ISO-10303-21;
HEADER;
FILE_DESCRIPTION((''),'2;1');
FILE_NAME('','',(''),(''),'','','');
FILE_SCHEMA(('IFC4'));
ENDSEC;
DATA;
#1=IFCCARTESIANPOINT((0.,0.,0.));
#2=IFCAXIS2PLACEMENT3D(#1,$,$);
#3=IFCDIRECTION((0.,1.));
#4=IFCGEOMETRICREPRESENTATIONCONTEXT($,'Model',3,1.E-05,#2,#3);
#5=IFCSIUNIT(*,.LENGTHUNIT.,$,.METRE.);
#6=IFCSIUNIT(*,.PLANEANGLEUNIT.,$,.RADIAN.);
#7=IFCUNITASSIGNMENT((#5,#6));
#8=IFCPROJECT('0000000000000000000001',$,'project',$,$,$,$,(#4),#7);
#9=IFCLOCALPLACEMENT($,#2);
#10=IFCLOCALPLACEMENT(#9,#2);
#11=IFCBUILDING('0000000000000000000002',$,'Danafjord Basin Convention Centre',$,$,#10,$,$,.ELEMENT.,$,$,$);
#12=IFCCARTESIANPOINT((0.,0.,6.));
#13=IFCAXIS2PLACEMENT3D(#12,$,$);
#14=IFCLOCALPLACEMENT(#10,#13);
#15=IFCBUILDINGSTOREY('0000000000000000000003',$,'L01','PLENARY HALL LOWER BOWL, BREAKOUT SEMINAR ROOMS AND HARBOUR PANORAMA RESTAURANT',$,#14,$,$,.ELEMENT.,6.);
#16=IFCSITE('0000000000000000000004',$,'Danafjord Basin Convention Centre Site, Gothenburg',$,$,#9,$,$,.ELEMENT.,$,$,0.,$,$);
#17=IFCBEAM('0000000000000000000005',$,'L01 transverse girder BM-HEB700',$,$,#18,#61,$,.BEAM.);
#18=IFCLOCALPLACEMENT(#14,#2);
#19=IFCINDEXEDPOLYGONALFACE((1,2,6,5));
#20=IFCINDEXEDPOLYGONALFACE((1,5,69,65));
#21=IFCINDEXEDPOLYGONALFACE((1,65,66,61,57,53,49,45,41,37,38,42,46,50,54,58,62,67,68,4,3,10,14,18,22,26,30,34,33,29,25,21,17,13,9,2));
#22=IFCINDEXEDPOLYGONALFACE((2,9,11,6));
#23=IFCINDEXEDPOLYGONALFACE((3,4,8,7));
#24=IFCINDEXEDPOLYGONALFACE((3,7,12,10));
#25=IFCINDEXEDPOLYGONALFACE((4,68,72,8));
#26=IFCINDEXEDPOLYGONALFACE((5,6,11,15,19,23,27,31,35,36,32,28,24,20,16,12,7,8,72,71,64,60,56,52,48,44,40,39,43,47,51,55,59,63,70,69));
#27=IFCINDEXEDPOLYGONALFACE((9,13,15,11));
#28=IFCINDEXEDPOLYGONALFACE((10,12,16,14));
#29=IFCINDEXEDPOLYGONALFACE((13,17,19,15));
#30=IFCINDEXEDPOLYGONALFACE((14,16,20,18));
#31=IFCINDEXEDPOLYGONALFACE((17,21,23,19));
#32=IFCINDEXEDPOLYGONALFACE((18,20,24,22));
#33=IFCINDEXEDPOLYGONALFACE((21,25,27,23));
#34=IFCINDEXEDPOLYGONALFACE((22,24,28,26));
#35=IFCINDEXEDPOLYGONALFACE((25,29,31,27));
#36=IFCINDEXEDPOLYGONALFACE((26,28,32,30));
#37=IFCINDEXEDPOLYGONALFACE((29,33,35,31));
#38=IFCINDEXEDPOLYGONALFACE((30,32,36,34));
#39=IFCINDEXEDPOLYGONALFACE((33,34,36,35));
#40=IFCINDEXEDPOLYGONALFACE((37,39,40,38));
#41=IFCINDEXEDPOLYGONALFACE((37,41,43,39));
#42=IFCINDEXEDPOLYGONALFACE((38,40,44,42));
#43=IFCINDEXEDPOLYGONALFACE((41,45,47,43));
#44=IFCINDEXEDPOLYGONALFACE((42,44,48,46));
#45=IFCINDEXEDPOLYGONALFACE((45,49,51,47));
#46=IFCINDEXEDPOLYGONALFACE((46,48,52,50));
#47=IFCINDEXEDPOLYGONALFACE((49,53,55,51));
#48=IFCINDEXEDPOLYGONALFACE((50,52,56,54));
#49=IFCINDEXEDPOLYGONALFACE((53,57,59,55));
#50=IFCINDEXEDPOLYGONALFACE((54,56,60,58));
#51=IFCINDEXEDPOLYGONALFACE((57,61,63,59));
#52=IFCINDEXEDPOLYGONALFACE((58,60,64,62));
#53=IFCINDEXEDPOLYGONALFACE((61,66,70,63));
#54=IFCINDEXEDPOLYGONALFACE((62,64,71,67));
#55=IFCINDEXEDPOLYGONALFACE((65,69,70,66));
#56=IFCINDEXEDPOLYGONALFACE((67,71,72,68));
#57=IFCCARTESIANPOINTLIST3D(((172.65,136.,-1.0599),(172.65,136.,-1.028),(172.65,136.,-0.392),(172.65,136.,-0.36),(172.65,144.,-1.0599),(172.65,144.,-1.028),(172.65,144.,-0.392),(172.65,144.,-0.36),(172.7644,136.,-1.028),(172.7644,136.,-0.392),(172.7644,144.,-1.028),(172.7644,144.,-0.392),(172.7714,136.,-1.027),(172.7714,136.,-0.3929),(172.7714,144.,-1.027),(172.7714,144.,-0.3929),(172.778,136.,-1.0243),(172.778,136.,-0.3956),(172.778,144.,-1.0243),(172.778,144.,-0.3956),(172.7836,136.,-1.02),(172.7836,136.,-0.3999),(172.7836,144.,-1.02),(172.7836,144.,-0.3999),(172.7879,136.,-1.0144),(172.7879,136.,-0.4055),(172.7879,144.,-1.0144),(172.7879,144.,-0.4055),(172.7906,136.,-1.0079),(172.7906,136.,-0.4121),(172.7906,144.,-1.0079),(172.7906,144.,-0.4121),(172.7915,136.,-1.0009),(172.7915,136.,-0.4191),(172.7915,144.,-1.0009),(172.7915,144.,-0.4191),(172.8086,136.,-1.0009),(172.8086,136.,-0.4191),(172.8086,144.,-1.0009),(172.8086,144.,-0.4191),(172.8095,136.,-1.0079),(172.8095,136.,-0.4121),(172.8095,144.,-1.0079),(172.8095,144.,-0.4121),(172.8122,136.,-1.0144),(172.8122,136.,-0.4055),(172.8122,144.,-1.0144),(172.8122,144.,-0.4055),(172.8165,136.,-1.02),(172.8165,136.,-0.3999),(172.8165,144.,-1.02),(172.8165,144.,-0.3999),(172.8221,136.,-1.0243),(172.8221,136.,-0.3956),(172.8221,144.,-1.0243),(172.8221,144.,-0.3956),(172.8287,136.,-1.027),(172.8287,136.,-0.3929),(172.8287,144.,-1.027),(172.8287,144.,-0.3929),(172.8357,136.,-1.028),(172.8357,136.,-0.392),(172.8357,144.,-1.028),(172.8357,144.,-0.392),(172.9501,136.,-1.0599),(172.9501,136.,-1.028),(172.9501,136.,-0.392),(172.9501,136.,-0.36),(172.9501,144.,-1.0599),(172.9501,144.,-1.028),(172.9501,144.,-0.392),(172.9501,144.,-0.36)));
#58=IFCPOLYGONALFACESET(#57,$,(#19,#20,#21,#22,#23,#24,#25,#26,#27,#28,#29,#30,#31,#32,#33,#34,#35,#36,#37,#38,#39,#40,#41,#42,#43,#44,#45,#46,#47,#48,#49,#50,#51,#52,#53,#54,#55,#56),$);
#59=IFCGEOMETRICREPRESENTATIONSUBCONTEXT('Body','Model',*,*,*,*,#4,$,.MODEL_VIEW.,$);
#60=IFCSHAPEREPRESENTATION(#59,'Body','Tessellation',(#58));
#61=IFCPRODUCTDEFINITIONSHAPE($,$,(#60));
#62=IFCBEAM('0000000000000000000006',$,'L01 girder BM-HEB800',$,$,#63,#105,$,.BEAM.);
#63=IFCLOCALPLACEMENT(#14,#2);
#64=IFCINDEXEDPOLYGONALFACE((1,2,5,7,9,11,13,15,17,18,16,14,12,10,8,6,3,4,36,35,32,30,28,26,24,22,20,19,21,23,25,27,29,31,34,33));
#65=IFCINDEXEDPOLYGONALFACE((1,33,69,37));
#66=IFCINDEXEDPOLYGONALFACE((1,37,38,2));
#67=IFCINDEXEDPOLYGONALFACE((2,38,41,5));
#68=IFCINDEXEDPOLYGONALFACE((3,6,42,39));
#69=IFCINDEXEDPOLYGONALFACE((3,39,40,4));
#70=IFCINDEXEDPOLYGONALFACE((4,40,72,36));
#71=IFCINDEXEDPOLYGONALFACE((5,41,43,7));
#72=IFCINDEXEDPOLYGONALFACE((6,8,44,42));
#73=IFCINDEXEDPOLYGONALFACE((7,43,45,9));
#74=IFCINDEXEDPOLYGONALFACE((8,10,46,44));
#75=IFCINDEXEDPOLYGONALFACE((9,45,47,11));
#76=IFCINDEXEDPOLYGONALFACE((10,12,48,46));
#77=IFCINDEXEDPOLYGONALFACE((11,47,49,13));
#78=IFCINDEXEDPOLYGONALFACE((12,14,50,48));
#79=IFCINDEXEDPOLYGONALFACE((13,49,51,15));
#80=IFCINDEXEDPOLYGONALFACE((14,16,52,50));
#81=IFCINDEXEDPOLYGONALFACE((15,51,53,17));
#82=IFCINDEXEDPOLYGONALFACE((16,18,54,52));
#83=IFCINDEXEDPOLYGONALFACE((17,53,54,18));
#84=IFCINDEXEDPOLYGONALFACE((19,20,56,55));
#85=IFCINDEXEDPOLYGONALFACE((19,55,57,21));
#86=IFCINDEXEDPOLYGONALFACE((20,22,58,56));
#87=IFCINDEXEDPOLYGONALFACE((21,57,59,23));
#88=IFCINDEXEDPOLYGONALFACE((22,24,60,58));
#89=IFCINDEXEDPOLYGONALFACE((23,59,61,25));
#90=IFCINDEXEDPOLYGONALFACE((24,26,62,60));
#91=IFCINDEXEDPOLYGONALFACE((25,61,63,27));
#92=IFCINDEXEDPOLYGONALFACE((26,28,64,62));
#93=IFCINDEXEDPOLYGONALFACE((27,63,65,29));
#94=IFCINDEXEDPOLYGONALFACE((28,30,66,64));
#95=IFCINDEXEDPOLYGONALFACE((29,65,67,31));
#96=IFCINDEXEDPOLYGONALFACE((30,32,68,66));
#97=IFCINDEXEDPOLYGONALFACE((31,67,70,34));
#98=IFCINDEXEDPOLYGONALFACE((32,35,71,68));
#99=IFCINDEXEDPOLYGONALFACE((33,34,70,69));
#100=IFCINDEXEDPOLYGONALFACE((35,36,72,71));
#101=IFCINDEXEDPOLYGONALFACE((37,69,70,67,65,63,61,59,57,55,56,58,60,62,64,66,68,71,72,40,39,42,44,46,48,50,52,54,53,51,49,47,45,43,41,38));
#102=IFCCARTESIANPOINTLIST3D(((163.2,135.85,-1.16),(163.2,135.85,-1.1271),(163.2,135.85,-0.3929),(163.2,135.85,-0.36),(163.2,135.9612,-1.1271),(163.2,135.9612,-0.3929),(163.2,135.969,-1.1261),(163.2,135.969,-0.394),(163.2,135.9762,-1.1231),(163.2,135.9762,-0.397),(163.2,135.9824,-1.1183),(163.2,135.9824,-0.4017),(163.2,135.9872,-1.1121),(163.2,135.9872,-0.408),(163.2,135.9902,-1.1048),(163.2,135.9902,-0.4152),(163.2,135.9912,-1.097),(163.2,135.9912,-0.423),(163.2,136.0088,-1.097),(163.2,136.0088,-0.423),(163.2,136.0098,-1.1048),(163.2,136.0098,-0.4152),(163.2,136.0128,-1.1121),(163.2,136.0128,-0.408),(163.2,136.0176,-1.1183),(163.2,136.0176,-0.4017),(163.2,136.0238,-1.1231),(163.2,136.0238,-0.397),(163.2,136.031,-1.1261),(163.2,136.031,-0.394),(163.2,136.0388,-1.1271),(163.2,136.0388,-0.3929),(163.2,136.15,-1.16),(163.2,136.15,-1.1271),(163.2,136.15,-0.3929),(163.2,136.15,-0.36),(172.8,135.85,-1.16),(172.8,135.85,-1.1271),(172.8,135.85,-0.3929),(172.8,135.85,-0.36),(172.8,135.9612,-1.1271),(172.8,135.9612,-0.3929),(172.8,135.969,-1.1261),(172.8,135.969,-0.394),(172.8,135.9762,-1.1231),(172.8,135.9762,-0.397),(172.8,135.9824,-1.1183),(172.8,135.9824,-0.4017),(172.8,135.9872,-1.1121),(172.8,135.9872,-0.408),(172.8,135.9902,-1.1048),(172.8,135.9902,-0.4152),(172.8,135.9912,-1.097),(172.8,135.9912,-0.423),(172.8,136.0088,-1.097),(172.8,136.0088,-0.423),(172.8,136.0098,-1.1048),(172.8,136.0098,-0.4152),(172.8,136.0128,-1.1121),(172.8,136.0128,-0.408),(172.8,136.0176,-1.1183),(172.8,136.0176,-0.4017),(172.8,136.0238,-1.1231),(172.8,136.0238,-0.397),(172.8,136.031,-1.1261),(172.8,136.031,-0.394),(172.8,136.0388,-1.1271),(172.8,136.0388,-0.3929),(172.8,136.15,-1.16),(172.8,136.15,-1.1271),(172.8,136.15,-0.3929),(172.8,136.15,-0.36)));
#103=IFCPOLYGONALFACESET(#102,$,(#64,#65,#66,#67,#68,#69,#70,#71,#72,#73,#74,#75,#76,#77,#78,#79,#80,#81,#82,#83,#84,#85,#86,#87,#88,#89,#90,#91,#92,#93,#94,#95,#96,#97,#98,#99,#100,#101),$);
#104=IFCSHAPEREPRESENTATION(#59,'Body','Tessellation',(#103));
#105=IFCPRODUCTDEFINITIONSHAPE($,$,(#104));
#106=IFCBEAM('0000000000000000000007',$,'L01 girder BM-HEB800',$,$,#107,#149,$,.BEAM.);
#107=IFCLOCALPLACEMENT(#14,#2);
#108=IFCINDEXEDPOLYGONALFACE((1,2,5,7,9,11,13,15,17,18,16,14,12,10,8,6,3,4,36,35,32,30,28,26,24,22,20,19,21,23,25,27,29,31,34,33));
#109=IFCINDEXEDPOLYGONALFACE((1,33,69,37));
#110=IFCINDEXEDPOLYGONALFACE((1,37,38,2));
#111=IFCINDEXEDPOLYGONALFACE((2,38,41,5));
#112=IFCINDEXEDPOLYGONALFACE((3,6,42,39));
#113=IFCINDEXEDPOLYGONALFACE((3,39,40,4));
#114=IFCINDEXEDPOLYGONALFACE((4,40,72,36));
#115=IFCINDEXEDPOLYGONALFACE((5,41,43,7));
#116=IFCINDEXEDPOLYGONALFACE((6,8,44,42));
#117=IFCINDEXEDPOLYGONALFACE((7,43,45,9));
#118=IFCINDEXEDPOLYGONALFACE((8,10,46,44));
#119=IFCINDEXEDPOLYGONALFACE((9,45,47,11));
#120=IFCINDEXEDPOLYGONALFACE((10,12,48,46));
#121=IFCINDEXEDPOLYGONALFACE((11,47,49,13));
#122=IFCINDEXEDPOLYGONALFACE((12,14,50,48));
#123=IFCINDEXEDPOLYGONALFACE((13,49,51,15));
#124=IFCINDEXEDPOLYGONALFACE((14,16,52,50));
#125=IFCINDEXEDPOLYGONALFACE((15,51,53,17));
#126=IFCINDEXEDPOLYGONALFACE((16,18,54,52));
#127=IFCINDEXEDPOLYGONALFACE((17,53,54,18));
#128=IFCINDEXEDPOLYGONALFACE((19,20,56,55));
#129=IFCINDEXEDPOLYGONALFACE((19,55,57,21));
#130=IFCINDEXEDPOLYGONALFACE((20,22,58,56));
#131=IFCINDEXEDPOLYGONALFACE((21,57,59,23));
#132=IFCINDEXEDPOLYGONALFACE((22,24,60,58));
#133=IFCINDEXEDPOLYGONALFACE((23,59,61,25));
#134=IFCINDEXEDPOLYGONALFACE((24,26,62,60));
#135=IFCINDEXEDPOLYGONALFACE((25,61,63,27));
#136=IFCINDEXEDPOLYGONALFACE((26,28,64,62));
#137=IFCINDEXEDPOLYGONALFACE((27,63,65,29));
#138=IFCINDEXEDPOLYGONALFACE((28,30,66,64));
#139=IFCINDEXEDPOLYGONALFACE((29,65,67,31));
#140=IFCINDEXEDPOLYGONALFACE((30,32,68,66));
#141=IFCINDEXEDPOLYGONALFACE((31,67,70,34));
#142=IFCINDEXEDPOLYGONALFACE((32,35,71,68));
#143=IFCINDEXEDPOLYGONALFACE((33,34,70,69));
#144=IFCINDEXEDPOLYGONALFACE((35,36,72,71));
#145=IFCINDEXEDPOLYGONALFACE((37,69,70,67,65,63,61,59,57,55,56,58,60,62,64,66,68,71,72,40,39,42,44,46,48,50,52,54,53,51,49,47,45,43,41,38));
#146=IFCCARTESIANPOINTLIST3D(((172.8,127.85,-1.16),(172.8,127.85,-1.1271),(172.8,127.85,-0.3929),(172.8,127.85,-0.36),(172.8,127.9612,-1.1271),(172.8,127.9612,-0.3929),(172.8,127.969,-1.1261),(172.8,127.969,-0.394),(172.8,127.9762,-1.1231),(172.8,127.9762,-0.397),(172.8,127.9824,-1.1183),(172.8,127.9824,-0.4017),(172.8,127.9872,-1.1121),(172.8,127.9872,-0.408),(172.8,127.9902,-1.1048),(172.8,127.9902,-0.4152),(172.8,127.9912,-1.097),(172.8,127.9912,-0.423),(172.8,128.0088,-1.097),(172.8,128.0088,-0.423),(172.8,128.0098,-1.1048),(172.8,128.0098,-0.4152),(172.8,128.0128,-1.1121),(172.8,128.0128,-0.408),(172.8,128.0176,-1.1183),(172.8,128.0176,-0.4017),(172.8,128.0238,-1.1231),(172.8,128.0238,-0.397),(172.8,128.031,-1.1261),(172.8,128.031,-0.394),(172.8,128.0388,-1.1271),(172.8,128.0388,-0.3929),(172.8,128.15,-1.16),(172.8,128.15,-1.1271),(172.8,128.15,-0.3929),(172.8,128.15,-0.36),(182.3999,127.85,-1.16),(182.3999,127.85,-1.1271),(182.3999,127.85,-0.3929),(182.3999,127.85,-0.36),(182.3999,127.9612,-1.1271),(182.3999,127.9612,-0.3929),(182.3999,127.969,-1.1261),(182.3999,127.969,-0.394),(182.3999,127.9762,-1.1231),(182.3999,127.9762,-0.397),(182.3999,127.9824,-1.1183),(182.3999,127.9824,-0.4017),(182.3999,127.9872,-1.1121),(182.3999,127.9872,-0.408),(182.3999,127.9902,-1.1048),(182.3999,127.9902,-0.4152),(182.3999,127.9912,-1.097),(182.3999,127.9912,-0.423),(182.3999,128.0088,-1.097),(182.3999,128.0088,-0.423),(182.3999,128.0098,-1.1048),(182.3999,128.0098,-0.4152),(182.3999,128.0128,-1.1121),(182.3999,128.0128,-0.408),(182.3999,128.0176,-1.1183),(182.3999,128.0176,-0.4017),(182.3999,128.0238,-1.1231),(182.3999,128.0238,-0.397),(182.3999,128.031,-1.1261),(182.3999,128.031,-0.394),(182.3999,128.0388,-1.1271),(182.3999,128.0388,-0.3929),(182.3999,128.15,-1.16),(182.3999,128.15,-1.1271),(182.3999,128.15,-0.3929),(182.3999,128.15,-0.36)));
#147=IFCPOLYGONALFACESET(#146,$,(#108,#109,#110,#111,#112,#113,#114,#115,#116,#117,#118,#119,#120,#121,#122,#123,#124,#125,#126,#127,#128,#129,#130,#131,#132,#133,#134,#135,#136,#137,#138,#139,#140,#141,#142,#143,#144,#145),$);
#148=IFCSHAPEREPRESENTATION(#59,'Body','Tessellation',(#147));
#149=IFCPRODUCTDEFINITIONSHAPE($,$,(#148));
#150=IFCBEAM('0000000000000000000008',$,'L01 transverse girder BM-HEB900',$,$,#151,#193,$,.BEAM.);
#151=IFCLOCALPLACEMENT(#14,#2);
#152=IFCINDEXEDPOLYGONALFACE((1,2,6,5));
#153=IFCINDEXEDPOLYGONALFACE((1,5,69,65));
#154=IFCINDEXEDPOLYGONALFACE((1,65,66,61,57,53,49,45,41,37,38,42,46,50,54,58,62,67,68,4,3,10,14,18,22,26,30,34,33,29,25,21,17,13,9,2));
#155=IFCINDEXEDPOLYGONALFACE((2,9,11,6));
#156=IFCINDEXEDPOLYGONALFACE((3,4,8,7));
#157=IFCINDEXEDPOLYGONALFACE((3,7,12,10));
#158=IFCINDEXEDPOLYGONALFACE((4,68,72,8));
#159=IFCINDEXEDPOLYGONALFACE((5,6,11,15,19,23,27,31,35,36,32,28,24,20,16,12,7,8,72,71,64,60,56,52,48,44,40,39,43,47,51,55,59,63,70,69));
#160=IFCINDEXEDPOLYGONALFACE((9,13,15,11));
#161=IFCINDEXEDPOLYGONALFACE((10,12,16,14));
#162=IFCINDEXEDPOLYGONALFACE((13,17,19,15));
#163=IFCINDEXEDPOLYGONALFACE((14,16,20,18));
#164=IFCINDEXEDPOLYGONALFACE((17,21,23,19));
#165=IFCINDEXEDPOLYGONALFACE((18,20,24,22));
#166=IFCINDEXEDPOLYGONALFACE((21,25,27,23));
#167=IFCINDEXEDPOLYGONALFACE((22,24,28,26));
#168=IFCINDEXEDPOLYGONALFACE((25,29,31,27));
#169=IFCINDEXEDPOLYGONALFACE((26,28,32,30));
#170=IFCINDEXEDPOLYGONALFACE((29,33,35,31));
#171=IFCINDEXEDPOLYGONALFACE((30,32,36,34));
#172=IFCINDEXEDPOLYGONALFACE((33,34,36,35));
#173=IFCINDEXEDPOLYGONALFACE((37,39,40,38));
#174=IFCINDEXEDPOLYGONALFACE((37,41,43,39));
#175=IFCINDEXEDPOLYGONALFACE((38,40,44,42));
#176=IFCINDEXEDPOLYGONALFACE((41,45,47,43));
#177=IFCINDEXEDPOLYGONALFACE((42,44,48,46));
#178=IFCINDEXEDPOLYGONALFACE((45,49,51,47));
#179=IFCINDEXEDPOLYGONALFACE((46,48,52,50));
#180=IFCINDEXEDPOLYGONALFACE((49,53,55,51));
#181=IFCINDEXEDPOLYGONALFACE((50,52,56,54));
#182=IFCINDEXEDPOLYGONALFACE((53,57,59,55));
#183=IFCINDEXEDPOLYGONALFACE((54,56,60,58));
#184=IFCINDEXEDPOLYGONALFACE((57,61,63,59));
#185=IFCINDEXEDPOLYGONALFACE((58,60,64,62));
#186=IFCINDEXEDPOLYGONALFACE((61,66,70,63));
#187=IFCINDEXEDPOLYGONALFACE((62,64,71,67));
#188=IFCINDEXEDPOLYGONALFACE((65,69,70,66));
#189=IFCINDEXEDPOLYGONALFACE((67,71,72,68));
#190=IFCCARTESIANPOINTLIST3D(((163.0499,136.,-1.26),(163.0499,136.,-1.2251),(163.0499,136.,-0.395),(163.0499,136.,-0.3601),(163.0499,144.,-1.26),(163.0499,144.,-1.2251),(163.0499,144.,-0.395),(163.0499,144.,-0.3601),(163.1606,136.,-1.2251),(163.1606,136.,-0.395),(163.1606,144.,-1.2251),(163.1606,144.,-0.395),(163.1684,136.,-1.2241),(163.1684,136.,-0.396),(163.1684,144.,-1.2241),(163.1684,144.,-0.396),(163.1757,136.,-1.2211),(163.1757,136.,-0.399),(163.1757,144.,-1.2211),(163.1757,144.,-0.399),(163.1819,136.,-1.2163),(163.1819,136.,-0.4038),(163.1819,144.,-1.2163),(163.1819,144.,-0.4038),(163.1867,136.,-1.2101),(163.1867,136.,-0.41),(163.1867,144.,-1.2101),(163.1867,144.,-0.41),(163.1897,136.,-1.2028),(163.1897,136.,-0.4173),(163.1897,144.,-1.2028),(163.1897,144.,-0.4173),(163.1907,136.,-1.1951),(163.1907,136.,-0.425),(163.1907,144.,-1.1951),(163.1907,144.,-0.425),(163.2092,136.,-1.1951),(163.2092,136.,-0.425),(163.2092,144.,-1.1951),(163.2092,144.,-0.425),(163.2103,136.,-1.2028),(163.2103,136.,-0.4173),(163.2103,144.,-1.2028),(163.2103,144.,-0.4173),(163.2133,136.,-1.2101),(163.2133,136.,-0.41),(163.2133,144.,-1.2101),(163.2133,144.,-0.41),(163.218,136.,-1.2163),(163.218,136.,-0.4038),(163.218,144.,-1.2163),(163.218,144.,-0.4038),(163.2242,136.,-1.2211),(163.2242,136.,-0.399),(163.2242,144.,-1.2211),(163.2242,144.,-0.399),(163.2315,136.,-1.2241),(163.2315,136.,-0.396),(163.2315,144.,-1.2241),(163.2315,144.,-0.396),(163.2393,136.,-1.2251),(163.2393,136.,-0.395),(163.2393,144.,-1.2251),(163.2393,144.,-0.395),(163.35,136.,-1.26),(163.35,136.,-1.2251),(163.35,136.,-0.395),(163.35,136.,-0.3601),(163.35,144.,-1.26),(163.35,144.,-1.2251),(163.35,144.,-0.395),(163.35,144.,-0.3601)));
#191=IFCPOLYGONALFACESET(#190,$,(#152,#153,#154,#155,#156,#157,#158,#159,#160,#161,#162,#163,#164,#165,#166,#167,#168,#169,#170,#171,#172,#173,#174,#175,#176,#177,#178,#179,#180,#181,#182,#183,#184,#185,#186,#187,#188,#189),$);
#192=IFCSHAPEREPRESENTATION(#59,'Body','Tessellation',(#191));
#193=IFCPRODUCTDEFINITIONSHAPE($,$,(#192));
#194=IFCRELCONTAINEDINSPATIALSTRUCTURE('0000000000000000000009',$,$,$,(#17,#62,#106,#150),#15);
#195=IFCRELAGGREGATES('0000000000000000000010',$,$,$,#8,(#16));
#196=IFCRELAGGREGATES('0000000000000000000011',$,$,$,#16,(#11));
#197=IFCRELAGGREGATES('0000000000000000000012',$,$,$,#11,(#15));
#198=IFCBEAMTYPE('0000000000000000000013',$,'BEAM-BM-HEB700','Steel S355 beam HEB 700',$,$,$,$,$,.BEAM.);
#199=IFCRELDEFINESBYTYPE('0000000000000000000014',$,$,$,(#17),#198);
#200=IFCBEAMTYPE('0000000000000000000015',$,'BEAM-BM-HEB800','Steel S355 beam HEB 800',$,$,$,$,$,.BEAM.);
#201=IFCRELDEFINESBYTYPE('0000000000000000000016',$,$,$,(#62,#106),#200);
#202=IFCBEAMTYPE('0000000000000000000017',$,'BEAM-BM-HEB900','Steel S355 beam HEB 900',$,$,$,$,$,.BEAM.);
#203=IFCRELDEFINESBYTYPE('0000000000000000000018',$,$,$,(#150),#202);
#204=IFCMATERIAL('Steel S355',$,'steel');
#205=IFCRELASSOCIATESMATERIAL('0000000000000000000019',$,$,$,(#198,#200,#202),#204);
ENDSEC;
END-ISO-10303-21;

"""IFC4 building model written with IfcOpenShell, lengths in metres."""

from ifc_helpers import new_model, si_unit, direction, frame, origin, origin_2d, place, context, subcontext, project, spatial, i_section, extrude, material, material_profile, profile_set, type_object, element, save


model = new_model("IFC4")

# Units and contexts
model_context = context("Model", 3, precision=1e-05, world=origin(), true_north=direction((0.0, 1.0)))
body_context = subcontext(model_context, "Body", "Model", "MODEL_VIEW")
ifc_project = project(units=[si_unit("LENGTHUNIT", "METRE"), si_unit("PLANEANGLEUNIT", "RADIAN")], contexts=[model_context])

# Site, building, storey
site_placement = place(None, origin())
site = spatial("IfcSite", under=ifc_project, at=site_placement, Name="Danafjord Basin Convention Centre Site, Gothenburg", CompositionType="ELEMENT", RefElevation=0.0)
building_placement = place(site_placement, origin())
building = spatial("IfcBuilding", under=site, at=building_placement, Name="Danafjord Basin Convention Centre", CompositionType="ELEMENT")
storey_placement = place(building_placement, frame((0.0, 0.0, 6.0)))
storey = spatial("IfcBuildingStorey", under=building, at=storey_placement, Name="L01", Description="PLENARY HALL LOWER BOWL, BREAKOUT SEMINAR ROOMS AND HARBOUR PANORAMA RESTAURANT", CompositionType="ELEMENT", Elevation=6.0)

# Shared definitions
ifc_material_1 = material(Name="Steel S355", Category="steel")

# Beams
ifc_material_profile_1 = material_profile(ifc_material_1, i_section(OverallWidth=0.3, OverallDepth=0.7, WebThickness=0.0171, FlangeThickness=0.032, FilletRadius=0.0271, at=origin_2d()), Name="HEB 700")
ifc_profile_set_1 = profile_set([ifc_material_profile_1], Name="Steel S355")
beam_type_1 = type_object("IfcBeamType", Name="BEAM-BM-HEB700", Description="Steel S355 beam HEB 700", PredefinedType="BEAM", material=ifc_profile_set_1)
beam_1_placement = place(storey_placement, frame((172.8, 136.0, -0.71), z_axis=(0.0, 1.0, 0.0), x_axis=(-1.0, 0.0, 0.0)))
element("IfcBeam", 1, at=beam_1_placement, inside=storey, type_object=beam_type_1, Name="L01 transverse girder BM-HEB700", PredefinedType="BEAM", context=body_context, shape_type="SweptSolid", body=[
    extrude(i_section(OverallWidth=0.3, OverallDepth=0.7, WebThickness=0.0171, FlangeThickness=0.032, FilletRadius=0.0271, at=origin_2d()), origin(), (0.0, 0.0, 1.0), 8.0),
])
ifc_material_profile_2 = material_profile(ifc_material_1, i_section(OverallWidth=0.3, OverallDepth=0.8, WebThickness=0.0176, FlangeThickness=0.033, FilletRadius=0.03, at=origin_2d()), Name="HEB 800")
ifc_profile_set_2 = profile_set([ifc_material_profile_2], Name="Steel S355")
beam_type_2 = type_object("IfcBeamType", Name="BEAM-BM-HEB800", Description="Steel S355 beam HEB 800", PredefinedType="BEAM", material=ifc_profile_set_2)
beam_2_placement = place(storey_placement, frame((163.2, 136.0, -0.76), z_axis=(1.0, 0.0, 0.0), x_axis=(0.0, 1.0, 0.0)))
element("IfcBeam", 2, at=beam_2_placement, inside=storey, type_object=beam_type_2, Name="L01 girder BM-HEB800", PredefinedType="BEAM", context=body_context, shape_type="SweptSolid", body=[
    extrude(i_section(OverallWidth=0.3, OverallDepth=0.8, WebThickness=0.0176, FlangeThickness=0.033, FilletRadius=0.03, at=origin_2d()), origin(), (0.0, 0.0, 1.0), 9.6001),
])
beam_3_placement = place(storey_placement, frame((172.8, 128.0, -0.76), z_axis=(1.0, 0.0, 0.0), x_axis=(0.0, 1.0, 0.0)))
element("IfcBeam", 3, at=beam_3_placement, inside=storey, type_object=beam_type_2, Name="L01 girder BM-HEB800", PredefinedType="BEAM", context=body_context, shape_type="SweptSolid", body=[
    extrude(i_section(OverallWidth=0.3, OverallDepth=0.8, WebThickness=0.0176, FlangeThickness=0.033, FilletRadius=0.03, at=origin_2d()), origin(), (0.0, 0.0, 1.0), 9.5999),
])
ifc_material_profile_3 = material_profile(ifc_material_1, i_section(OverallWidth=0.3, OverallDepth=0.8999, WebThickness=0.0186, FlangeThickness=0.0349, FilletRadius=0.03, at=origin_2d()), Name="HEB 900")
ifc_profile_set_3 = profile_set([ifc_material_profile_3], Name="Steel S355")
beam_type_3 = type_object("IfcBeamType", Name="BEAM-BM-HEB900", Description="Steel S355 beam HEB 900", PredefinedType="BEAM", material=ifc_profile_set_3)
for number, where, z_axis, x_axis, name in (
    (4, (163.2, 136.0, -0.8101), (0.0, 1.0, 0.0), (-1.0, 0.0, 0.0), "L01 transverse girder BM-HEB900"),
):
    element("IfcBeam", number, at=place(storey_placement, frame(where, z_axis=z_axis, x_axis=x_axis)), inside=storey, type_object=beam_type_3, Name=name, PredefinedType="BEAM", context=body_context, shape_type="SweptSolid", body=[
        extrude(i_section(OverallWidth=0.3, OverallDepth=0.8999, WebThickness=0.0186, FlangeThickness=0.0349, FilletRadius=0.03, at=origin_2d()), origin(), (0.0, 0.0, 1.0), 8.0),
    ])

save(model, "model.ifc")
